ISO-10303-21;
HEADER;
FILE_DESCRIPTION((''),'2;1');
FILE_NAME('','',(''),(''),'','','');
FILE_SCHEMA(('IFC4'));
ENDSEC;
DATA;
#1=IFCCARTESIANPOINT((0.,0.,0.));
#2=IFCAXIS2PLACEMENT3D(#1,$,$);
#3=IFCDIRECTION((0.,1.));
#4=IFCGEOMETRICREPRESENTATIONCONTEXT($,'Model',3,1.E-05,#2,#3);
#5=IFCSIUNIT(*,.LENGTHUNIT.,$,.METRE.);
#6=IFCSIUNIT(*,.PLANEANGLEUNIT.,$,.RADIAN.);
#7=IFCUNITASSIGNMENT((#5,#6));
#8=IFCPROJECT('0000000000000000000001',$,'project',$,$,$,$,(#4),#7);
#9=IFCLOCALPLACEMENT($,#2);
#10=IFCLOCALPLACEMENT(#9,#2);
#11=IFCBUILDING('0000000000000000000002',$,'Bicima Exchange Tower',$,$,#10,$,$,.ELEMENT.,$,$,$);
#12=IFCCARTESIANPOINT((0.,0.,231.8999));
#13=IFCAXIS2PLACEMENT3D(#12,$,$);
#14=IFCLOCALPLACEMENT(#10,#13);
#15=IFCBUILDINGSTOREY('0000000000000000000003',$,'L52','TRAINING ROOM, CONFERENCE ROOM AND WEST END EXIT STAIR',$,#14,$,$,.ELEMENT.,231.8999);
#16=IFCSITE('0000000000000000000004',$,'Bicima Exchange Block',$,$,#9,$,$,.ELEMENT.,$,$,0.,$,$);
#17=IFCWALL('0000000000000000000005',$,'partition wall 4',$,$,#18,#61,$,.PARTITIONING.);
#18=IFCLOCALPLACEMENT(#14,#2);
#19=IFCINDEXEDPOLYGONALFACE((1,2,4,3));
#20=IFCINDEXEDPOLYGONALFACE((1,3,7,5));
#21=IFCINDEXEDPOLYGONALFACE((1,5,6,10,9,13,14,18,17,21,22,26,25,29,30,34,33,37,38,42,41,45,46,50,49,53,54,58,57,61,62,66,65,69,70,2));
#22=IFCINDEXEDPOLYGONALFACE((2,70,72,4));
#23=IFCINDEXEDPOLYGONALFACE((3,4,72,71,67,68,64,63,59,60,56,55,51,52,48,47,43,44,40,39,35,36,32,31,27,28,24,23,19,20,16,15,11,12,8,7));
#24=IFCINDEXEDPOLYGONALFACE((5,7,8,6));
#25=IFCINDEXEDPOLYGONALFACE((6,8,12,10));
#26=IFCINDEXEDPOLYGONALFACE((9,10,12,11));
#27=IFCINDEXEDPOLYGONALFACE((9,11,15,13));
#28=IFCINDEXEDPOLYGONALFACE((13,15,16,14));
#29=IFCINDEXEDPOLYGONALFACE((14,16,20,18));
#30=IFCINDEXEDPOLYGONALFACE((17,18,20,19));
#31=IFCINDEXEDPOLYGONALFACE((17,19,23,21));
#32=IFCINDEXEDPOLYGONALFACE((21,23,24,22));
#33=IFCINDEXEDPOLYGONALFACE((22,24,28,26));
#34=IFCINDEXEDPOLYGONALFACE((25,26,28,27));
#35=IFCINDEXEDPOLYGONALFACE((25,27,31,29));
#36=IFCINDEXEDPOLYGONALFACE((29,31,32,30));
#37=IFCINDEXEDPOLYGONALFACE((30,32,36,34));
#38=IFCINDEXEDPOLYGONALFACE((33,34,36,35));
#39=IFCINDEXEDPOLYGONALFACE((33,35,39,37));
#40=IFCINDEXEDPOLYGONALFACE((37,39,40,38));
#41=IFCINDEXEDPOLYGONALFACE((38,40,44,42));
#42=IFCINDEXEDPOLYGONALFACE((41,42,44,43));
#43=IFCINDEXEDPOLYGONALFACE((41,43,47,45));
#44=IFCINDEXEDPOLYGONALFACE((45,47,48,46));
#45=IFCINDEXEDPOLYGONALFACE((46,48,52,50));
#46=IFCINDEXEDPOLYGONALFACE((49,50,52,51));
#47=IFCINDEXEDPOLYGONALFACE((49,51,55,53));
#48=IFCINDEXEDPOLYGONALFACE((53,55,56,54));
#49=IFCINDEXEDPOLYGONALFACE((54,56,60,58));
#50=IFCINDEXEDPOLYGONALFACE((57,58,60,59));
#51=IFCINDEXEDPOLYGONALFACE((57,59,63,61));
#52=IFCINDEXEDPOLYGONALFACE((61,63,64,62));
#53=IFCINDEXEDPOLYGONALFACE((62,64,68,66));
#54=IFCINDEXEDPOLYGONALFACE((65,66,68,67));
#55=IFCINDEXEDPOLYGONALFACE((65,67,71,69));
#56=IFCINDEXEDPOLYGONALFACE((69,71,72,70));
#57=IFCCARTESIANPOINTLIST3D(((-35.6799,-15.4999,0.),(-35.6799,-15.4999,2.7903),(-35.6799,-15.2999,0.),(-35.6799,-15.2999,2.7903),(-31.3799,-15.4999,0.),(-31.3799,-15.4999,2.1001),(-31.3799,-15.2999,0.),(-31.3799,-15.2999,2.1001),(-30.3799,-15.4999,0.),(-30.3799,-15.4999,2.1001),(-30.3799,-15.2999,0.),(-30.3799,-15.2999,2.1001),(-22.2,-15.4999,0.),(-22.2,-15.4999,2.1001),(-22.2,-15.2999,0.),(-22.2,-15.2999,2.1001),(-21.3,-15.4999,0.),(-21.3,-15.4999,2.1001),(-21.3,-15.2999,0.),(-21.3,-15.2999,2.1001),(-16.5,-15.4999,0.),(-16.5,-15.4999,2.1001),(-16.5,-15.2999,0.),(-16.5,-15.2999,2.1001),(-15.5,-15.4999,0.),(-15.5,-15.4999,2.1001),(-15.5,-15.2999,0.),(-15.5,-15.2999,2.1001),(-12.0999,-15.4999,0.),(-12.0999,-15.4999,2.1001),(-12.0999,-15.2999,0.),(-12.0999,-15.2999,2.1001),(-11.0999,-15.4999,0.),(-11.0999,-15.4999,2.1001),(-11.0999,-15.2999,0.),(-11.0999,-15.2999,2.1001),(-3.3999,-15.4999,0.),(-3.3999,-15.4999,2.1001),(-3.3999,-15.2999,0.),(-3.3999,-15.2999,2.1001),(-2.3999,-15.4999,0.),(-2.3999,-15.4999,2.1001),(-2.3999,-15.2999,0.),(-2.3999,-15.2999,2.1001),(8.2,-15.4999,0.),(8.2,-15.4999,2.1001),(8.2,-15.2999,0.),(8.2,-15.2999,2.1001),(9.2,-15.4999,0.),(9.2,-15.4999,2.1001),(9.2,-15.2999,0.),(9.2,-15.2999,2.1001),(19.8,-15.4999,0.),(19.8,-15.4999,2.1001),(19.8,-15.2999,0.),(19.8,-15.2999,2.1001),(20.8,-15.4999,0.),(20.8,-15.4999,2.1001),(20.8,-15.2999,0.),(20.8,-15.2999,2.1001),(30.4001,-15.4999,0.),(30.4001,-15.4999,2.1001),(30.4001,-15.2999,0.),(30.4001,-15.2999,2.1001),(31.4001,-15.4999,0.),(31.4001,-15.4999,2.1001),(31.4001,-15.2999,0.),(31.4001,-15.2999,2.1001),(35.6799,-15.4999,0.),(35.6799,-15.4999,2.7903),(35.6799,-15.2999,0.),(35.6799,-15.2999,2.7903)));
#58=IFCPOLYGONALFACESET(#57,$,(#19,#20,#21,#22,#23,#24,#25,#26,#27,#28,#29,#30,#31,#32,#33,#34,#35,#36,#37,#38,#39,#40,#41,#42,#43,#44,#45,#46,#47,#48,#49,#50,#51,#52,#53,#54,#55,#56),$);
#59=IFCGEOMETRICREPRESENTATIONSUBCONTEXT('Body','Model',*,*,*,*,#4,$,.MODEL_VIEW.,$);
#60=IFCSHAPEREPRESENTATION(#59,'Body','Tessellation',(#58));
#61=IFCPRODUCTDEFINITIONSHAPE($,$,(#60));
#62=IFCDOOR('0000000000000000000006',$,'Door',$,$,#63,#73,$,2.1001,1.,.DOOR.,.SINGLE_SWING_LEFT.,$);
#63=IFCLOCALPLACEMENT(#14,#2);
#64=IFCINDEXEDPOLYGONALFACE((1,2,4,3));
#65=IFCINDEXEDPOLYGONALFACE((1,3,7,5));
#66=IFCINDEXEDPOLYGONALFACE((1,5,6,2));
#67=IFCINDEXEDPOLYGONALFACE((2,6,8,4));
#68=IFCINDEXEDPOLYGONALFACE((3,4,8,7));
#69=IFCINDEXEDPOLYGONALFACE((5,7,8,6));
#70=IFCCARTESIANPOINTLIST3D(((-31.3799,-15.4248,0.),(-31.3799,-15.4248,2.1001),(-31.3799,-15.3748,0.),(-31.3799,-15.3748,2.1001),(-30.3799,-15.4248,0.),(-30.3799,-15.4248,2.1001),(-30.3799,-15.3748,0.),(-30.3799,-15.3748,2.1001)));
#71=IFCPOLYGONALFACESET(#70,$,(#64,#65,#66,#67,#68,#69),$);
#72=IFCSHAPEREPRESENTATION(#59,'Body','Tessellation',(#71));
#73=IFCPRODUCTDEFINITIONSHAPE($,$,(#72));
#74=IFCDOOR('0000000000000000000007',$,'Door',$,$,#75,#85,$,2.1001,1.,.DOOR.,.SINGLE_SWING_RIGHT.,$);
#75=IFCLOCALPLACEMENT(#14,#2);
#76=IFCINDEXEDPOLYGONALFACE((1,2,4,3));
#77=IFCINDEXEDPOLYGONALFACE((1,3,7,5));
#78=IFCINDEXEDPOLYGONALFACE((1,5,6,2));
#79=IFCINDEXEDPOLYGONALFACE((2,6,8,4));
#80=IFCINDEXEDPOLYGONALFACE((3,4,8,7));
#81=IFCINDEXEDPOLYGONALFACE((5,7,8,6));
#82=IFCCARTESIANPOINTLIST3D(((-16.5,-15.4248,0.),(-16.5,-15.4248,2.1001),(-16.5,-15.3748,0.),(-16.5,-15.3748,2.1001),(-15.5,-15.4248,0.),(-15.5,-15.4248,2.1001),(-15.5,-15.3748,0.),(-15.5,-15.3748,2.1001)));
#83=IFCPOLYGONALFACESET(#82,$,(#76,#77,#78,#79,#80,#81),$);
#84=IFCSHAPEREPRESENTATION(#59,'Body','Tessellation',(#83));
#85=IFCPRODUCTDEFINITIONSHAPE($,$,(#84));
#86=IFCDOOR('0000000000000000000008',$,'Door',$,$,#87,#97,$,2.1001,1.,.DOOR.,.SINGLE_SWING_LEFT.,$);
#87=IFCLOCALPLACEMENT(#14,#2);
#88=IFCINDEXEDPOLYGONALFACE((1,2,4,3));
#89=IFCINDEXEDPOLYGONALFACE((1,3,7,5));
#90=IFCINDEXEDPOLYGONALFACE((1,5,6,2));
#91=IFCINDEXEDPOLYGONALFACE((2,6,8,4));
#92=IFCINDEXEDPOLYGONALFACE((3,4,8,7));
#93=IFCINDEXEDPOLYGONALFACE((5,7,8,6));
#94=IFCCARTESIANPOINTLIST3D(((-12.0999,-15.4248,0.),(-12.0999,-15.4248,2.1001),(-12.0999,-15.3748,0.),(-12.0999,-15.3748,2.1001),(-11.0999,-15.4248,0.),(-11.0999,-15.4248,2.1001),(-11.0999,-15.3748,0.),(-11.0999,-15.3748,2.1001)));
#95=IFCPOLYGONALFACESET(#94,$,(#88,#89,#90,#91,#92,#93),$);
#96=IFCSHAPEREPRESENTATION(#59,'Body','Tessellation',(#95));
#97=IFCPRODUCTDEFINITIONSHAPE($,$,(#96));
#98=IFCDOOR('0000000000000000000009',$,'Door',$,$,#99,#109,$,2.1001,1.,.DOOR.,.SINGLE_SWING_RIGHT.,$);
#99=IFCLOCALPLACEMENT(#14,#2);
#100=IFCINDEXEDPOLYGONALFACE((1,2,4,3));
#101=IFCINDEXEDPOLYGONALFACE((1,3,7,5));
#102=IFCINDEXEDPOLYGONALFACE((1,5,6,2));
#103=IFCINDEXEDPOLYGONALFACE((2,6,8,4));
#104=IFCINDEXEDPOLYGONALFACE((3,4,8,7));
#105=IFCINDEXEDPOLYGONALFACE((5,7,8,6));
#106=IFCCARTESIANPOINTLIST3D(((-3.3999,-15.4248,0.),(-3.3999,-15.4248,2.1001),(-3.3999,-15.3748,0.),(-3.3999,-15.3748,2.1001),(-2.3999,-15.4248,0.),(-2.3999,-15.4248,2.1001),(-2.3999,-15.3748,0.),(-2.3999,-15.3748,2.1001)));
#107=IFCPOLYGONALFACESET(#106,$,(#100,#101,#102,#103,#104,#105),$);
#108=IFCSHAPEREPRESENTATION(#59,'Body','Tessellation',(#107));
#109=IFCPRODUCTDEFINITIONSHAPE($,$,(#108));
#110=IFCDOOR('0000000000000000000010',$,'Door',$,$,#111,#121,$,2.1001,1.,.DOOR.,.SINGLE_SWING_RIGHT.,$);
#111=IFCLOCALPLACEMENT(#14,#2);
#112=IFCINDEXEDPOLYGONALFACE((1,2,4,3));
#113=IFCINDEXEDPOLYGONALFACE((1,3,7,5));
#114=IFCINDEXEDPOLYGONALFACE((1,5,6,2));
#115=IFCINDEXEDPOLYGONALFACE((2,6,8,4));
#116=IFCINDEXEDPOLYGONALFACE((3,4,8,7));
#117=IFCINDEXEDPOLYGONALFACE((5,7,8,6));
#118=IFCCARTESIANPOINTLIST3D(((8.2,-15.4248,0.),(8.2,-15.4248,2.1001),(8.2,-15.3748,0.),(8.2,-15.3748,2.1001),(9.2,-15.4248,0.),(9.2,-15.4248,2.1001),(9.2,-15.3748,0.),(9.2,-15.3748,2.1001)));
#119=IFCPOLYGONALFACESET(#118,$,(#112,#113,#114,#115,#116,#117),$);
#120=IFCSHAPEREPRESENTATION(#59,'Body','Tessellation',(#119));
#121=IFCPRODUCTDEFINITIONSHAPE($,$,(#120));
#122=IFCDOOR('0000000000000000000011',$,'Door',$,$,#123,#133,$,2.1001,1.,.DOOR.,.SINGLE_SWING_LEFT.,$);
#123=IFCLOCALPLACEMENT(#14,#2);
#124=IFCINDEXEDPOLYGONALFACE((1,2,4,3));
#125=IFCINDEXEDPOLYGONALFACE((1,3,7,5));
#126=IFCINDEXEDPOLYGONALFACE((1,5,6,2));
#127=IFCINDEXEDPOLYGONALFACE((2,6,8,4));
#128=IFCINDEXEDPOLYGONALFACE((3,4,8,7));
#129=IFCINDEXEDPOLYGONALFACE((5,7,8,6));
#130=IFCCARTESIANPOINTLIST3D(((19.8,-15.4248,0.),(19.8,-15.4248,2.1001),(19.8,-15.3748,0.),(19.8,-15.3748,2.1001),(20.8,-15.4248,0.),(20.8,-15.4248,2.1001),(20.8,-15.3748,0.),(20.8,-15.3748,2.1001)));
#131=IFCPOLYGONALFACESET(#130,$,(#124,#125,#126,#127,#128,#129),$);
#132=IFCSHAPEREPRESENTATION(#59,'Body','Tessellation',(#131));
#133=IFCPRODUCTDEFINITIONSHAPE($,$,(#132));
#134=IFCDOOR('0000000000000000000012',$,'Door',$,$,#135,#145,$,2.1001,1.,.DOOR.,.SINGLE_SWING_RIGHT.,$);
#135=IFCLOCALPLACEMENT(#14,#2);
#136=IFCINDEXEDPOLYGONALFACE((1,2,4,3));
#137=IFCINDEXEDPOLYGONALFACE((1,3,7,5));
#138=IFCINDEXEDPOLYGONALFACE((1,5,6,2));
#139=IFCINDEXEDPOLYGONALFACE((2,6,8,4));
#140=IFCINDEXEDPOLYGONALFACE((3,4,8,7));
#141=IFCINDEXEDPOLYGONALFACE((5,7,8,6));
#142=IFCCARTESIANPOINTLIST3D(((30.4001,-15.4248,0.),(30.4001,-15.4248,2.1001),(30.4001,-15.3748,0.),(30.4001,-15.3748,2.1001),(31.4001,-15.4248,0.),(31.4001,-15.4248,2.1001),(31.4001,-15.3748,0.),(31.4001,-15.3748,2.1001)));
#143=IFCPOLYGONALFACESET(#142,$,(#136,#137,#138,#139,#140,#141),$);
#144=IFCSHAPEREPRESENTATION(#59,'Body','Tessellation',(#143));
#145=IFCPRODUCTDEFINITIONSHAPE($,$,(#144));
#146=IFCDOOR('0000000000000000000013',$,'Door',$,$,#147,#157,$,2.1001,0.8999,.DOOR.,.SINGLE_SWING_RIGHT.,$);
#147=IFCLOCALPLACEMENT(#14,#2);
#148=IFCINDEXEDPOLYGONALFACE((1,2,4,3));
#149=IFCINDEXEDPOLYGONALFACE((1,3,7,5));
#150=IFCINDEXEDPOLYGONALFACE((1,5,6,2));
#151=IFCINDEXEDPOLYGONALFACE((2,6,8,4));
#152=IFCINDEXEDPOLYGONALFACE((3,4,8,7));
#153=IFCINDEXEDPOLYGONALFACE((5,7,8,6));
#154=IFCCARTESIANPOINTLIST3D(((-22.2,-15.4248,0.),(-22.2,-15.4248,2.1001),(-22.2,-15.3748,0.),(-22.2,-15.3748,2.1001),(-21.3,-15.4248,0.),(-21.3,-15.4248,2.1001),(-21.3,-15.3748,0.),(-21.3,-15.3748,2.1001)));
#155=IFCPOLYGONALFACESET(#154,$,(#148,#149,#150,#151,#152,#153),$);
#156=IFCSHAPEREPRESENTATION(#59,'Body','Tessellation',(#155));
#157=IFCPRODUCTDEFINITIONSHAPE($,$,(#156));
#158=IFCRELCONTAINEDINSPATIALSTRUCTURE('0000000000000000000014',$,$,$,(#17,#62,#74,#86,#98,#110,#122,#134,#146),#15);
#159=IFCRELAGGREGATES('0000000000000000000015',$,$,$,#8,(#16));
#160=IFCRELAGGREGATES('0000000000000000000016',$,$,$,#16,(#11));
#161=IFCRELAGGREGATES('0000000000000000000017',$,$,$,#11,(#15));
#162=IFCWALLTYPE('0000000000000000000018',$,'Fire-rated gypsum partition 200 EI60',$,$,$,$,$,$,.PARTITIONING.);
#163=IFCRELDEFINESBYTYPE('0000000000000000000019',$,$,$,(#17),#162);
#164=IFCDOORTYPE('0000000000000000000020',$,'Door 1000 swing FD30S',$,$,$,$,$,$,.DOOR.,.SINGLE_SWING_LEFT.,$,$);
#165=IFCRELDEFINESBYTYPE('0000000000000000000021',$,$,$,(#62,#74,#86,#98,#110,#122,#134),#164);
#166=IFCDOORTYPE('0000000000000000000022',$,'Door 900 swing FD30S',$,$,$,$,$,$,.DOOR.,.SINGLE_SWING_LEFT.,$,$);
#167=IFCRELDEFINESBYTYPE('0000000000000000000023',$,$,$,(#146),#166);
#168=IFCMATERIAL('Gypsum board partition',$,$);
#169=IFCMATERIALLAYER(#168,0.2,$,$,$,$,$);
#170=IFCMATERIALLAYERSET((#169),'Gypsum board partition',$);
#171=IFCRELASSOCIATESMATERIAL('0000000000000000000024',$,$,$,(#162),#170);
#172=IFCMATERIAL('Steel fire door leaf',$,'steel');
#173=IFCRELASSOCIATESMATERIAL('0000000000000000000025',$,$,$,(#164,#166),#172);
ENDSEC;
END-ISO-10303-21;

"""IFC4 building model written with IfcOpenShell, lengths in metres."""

from ifc_helpers import new_model, si_unit, direction, frame, frame_2d, origin, place, context, subcontext, project, spatial, rectangle, extrude, material, layer, layer_set, type_object, element, fill, save


model = new_model("IFC4")

# Units and contexts
model_context = context("Model", 3, precision=1e-05, world=origin(), true_north=direction((0.0, 1.0)))
body_context = subcontext(model_context, "Body", "Model", "MODEL_VIEW")
ifc_project = project(units=[si_unit("LENGTHUNIT", "METRE"), si_unit("PLANEANGLEUNIT", "RADIAN")], contexts=[model_context])

# Site, building, storey
site_placement = place(None, origin())
site = spatial("IfcSite", under=ifc_project, at=site_placement, Name="Bicima Exchange Block", CompositionType="ELEMENT", RefElevation=0.0)
building_placement = place(site_placement, origin())
building = spatial("IfcBuilding", under=site, at=building_placement, Name="Bicima Exchange Tower", CompositionType="ELEMENT")
storey_placement = place(building_placement, frame((0.0, 0.0, 231.8999)))
storey = spatial("IfcBuildingStorey", under=building, at=storey_placement, Name="L52", Description="TRAINING ROOM, CONFERENCE ROOM AND WEST END EXIT STAIR", CompositionType="ELEMENT", Elevation=231.8999)

# Wall, openings, doors
ifc_material_1 = material(Name="Gypsum board partition")
ifc_layer_1 = layer(ifc_material_1, 0.2)
ifc_layer_set_1 = layer_set([ifc_layer_1], Name="Gypsum board partition")
wall_type_1 = type_object("IfcWallType", Name="Fire-rated gypsum partition 200 EI60", PredefinedType="PARTITIONING", material=ifc_layer_set_1)
ifc_material_2 = material(Name="Steel fire door leaf", Category="steel")
door_type_1 = type_object("IfcDoorType", Name="Door 1000 swing FD30S", OperationType="SINGLE_SWING_LEFT", PredefinedType="DOOR", material=ifc_material_2)
door_type_2 = type_object("IfcDoorType", Name="Door 900 swing FD30S", OperationType="SINGLE_SWING_LEFT", PredefinedType="DOOR", material=ifc_material_2)
wall_1_placement = place(storey_placement, frame((-35.6799, -15.3999, 0.0), z_axis=(0.0, 0.0, 1.0), x_axis=(1.0, 0.0, 0.0)))
wall_1 = element("IfcWall", 1, at=wall_1_placement, inside=storey, type_object=wall_type_1, Name="partition wall 4", PredefinedType="PARTITIONING", context=body_context, shape_type="SweptSolid", body=[
    extrude(rectangle(XDim=71.3599, YDim=0.2, at=frame_2d((35.6799, 0.0))), origin(), (0.0, 0.0, 1.0), 2.7903),
])
opening_1_placement = place(wall_1_placement, frame((4.3, 0.0, 0.0)))
opening_1 = element("IfcOpeningElement", 2, at=opening_1_placement, cuts=wall_1, PredefinedType="OPENING", context=body_context, shape_type="SweptSolid", body=[
    extrude(rectangle(XDim=1.0, YDim=2.1001, at=frame_2d((0.5, 1.05))), frame((0.0, 0.1118, 0.0), z_axis=(0.0, -1.0, 0.0), x_axis=(1.0, 0.0, 0.0)), (0.0, 0.0, 1.0), 0.2239),
])
opening_2_placement = place(wall_1_placement, frame((13.48, 0.0, 0.0)))
opening_2 = element("IfcOpeningElement", 3, at=opening_2_placement, cuts=wall_1, PredefinedType="OPENING", context=body_context, shape_type="SweptSolid", body=[
    extrude(rectangle(XDim=0.8999, YDim=2.1001, at=frame_2d((0.45, 1.05))), frame((0.0, 0.1118, 0.0), z_axis=(0.0, -1.0, 0.0), x_axis=(1.0, 0.0, 0.0)), (0.0, 0.0, 1.0), 0.2239),
])
opening_3_placement = place(wall_1_placement, frame((19.1799, 0.0, 0.0)))
opening_3 = element("IfcOpeningElement", 4, at=opening_3_placement, cuts=wall_1, PredefinedType="OPENING", context=body_context, shape_type="SweptSolid", body=[
    extrude(rectangle(XDim=1.0, YDim=2.1001, at=frame_2d((0.5, 1.05))), frame((0.0, 0.1118, 0.0), z_axis=(0.0, -1.0, 0.0), x_axis=(1.0, 0.0, 0.0)), (0.0, 0.0, 1.0), 0.2239),
])
opening_4_placement = place(wall_1_placement, frame((23.5801, 0.0, 0.0)))
opening_4 = element("IfcOpeningElement", 5, at=opening_4_placement, cuts=wall_1, PredefinedType="OPENING", context=body_context, shape_type="SweptSolid", body=[
    extrude(rectangle(XDim=1.0, YDim=2.1001, at=frame_2d((0.5, 1.05))), frame((0.0, 0.1118, 0.0), z_axis=(0.0, -1.0, 0.0), x_axis=(1.0, 0.0, 0.0)), (0.0, 0.0, 1.0), 0.2239),
])
opening_5_placement = place(wall_1_placement, frame((32.28, 0.0, 0.0)))
opening_5 = element("IfcOpeningElement", 6, at=opening_5_placement, cuts=wall_1, PredefinedType="OPENING", context=body_context, shape_type="SweptSolid", body=[
    extrude(rectangle(XDim=1.0, YDim=2.1001, at=frame_2d((0.5, 1.05))), frame((0.0, 0.1118, 0.0), z_axis=(0.0, -1.0, 0.0), x_axis=(1.0, 0.0, 0.0)), (0.0, 0.0, 1.0), 0.2239),
])
opening_6_placement = place(wall_1_placement, frame((43.8799, 0.0, 0.0)))
opening_6 = element("IfcOpeningElement", 7, at=opening_6_placement, cuts=wall_1, PredefinedType="OPENING", context=body_context, shape_type="SweptSolid", body=[
    extrude(rectangle(XDim=1.0, YDim=2.1001, at=frame_2d((0.5, 1.05))), frame((0.0, 0.1118, 0.0), z_axis=(0.0, -1.0, 0.0), x_axis=(1.0, 0.0, 0.0)), (0.0, 0.0, 1.0), 0.2239),
])
opening_7_placement = place(wall_1_placement, frame((55.48, 0.0, 0.0)))
opening_7 = element("IfcOpeningElement", 8, at=opening_7_placement, cuts=wall_1, PredefinedType="OPENING", context=body_context, shape_type="SweptSolid", body=[
    extrude(rectangle(XDim=1.0, YDim=2.1001, at=frame_2d((0.5, 1.05))), frame((0.0, 0.1118, 0.0), z_axis=(0.0, -1.0, 0.0), x_axis=(1.0, 0.0, 0.0)), (0.0, 0.0, 1.0), 0.2239),
])
opening_8_placement = place(wall_1_placement, frame((66.0801, 0.0, 0.0)))
opening_8 = element("IfcOpeningElement", 9, at=opening_8_placement, cuts=wall_1, PredefinedType="OPENING", context=body_context, shape_type="SweptSolid", body=[
    extrude(rectangle(XDim=1.0, YDim=2.1001, at=frame_2d((0.5, 1.05))), frame((0.0, 0.1118, 0.0), z_axis=(0.0, -1.0, 0.0), x_axis=(1.0, 0.0, 0.0)), (0.0, 0.0, 1.0), 0.2239),
])
door_1_placement = place(opening_1_placement, frame((1.0, 0.0, 0.0), z_axis=(0.0, 0.0, 1.0), x_axis=(-1.0, 0.0, 0.0)))
door_1 = element("IfcDoor", 10, at=door_1_placement, inside=storey, type_object=door_type_1, Name="Door", OperationType="SINGLE_SWING_LEFT", OverallHeight=2.1001, OverallWidth=1.0, PredefinedType="DOOR", context=body_context, shape_type="SweptSolid", body=[
    extrude(rectangle(XDim=1.0, YDim=2.1001, at=frame_2d((0.5, 1.05))), frame((0.0, 0.0249, 0.0), z_axis=(0.0, -1.0, 0.0), x_axis=(1.0, 0.0, 0.0)), (0.0, 0.0, 1.0), 0.05),
])
fill(opening_1, door_1)
door_2_placement = place(opening_3_placement, frame((1.0, 0.0, 0.0), z_axis=(0.0, 0.0, 1.0), x_axis=(-1.0, 0.0, 0.0)))
door_2 = element("IfcDoor", 11, at=door_2_placement, inside=storey, type_object=door_type_1, Name="Door", OperationType="SINGLE_SWING_RIGHT", OverallHeight=2.1001, OverallWidth=1.0, PredefinedType="DOOR", context=body_context, shape_type="SweptSolid", body=[
    extrude(rectangle(XDim=1.0, YDim=2.1001, at=frame_2d((0.5, 1.05))), frame((0.0, 0.0249, 0.0), z_axis=(0.0, -1.0, 0.0), x_axis=(1.0, 0.0, 0.0)), (0.0, 0.0, 1.0), 0.05),
])
fill(opening_3, door_2)
door_3_placement = place(opening_4_placement, frame((1.0, 0.0, 0.0), z_axis=(0.0, 0.0, 1.0), x_axis=(-1.0, 0.0, 0.0)))
door_3 = element("IfcDoor", 12, at=door_3_placement, inside=storey, type_object=door_type_1, Name="Door", OperationType="SINGLE_SWING_LEFT", OverallHeight=2.1001, OverallWidth=1.0, PredefinedType="DOOR", context=body_context, shape_type="SweptSolid", body=[
    extrude(rectangle(XDim=1.0, YDim=2.1001, at=frame_2d((0.5, 1.05))), frame((0.0, 0.0249, 0.0), z_axis=(0.0, -1.0, 0.0), x_axis=(1.0, 0.0, 0.0)), (0.0, 0.0, 1.0), 0.05),
])
fill(opening_4, door_3)
door_4_placement = place(opening_5_placement, frame((1.0, 0.0, 0.0), z_axis=(0.0, 0.0, 1.0), x_axis=(-1.0, 0.0, 0.0)))
door_4 = element("IfcDoor", 13, at=door_4_placement, inside=storey, type_object=door_type_1, Name="Door", OperationType="SINGLE_SWING_RIGHT", OverallHeight=2.1001, OverallWidth=1.0, PredefinedType="DOOR", context=body_context, shape_type="SweptSolid", body=[
    extrude(rectangle(XDim=1.0, YDim=2.1001, at=frame_2d((0.5, 1.05))), frame((0.0, 0.0249, 0.0), z_axis=(0.0, -1.0, 0.0), x_axis=(1.0, 0.0, 0.0)), (0.0, 0.0, 1.0), 0.05),
])
fill(opening_5, door_4)
door_5_placement = place(opening_6_placement, frame((1.0, 0.0, 0.0), z_axis=(0.0, 0.0, 1.0), x_axis=(-1.0, 0.0, 0.0)))
door_5 = element("IfcDoor", 14, at=door_5_placement, inside=storey, type_object=door_type_1, Name="Door", OperationType="SINGLE_SWING_RIGHT", OverallHeight=2.1001, OverallWidth=1.0, PredefinedType="DOOR", context=body_context, shape_type="SweptSolid", body=[
    extrude(rectangle(XDim=1.0, YDim=2.1001, at=frame_2d((0.5, 1.05))), frame((0.0, 0.0249, 0.0), z_axis=(0.0, -1.0, 0.0), x_axis=(1.0, 0.0, 0.0)), (0.0, 0.0, 1.0), 0.05),
])
fill(opening_6, door_5)
door_6_placement = place(opening_7_placement, frame((1.0, 0.0, 0.0), z_axis=(0.0, 0.0, 1.0), x_axis=(-1.0, 0.0, 0.0)))
door_6 = element("IfcDoor", 15, at=door_6_placement, inside=storey, type_object=door_type_1, Name="Door", OperationType="SINGLE_SWING_LEFT", OverallHeight=2.1001, OverallWidth=1.0, PredefinedType="DOOR", context=body_context, shape_type="SweptSolid", body=[
    extrude(rectangle(XDim=1.0, YDim=2.1001, at=frame_2d((0.5, 1.05))), frame((0.0, 0.0249, 0.0), z_axis=(0.0, -1.0, 0.0), x_axis=(1.0, 0.0, 0.0)), (0.0, 0.0, 1.0), 0.05),
])
fill(opening_7, door_6)
door_7_placement = place(opening_8_placement, frame((1.0, 0.0, 0.0), z_axis=(0.0, 0.0, 1.0), x_axis=(-1.0, 0.0, 0.0)))
door_7 = element("IfcDoor", 16, at=door_7_placement, inside=storey, type_object=door_type_1, Name="Door", OperationType="SINGLE_SWING_RIGHT", OverallHeight=2.1001, OverallWidth=1.0, PredefinedType="DOOR", context=body_context, shape_type="SweptSolid", body=[
    extrude(rectangle(XDim=1.0, YDim=2.1001, at=frame_2d((0.5, 1.05))), frame((0.0, 0.0249, 0.0), z_axis=(0.0, -1.0, 0.0), x_axis=(1.0, 0.0, 0.0)), (0.0, 0.0, 1.0), 0.05),
])
fill(opening_8, door_7)
door_8_placement = place(opening_2_placement, frame((0.8999, 0.0, 0.0), z_axis=(0.0, 0.0, 1.0), x_axis=(-1.0, 0.0, 0.0)))
door_8 = element("IfcDoor", 17, at=door_8_placement, inside=storey, type_object=door_type_2, Name="Door", OperationType="SINGLE_SWING_RIGHT", OverallHeight=2.1001, OverallWidth=0.8999, PredefinedType="DOOR", context=body_context, shape_type="SweptSolid", body=[
    extrude(rectangle(XDim=0.8999, YDim=2.1001, at=frame_2d((0.45, 1.05))), frame((0.0, 0.0249, 0.0), z_axis=(0.0, -1.0, 0.0), x_axis=(1.0, 0.0, 0.0)), (0.0, 0.0, 1.0), 0.05),
])
fill(opening_2, door_8)

save(model, "model.ifc")
